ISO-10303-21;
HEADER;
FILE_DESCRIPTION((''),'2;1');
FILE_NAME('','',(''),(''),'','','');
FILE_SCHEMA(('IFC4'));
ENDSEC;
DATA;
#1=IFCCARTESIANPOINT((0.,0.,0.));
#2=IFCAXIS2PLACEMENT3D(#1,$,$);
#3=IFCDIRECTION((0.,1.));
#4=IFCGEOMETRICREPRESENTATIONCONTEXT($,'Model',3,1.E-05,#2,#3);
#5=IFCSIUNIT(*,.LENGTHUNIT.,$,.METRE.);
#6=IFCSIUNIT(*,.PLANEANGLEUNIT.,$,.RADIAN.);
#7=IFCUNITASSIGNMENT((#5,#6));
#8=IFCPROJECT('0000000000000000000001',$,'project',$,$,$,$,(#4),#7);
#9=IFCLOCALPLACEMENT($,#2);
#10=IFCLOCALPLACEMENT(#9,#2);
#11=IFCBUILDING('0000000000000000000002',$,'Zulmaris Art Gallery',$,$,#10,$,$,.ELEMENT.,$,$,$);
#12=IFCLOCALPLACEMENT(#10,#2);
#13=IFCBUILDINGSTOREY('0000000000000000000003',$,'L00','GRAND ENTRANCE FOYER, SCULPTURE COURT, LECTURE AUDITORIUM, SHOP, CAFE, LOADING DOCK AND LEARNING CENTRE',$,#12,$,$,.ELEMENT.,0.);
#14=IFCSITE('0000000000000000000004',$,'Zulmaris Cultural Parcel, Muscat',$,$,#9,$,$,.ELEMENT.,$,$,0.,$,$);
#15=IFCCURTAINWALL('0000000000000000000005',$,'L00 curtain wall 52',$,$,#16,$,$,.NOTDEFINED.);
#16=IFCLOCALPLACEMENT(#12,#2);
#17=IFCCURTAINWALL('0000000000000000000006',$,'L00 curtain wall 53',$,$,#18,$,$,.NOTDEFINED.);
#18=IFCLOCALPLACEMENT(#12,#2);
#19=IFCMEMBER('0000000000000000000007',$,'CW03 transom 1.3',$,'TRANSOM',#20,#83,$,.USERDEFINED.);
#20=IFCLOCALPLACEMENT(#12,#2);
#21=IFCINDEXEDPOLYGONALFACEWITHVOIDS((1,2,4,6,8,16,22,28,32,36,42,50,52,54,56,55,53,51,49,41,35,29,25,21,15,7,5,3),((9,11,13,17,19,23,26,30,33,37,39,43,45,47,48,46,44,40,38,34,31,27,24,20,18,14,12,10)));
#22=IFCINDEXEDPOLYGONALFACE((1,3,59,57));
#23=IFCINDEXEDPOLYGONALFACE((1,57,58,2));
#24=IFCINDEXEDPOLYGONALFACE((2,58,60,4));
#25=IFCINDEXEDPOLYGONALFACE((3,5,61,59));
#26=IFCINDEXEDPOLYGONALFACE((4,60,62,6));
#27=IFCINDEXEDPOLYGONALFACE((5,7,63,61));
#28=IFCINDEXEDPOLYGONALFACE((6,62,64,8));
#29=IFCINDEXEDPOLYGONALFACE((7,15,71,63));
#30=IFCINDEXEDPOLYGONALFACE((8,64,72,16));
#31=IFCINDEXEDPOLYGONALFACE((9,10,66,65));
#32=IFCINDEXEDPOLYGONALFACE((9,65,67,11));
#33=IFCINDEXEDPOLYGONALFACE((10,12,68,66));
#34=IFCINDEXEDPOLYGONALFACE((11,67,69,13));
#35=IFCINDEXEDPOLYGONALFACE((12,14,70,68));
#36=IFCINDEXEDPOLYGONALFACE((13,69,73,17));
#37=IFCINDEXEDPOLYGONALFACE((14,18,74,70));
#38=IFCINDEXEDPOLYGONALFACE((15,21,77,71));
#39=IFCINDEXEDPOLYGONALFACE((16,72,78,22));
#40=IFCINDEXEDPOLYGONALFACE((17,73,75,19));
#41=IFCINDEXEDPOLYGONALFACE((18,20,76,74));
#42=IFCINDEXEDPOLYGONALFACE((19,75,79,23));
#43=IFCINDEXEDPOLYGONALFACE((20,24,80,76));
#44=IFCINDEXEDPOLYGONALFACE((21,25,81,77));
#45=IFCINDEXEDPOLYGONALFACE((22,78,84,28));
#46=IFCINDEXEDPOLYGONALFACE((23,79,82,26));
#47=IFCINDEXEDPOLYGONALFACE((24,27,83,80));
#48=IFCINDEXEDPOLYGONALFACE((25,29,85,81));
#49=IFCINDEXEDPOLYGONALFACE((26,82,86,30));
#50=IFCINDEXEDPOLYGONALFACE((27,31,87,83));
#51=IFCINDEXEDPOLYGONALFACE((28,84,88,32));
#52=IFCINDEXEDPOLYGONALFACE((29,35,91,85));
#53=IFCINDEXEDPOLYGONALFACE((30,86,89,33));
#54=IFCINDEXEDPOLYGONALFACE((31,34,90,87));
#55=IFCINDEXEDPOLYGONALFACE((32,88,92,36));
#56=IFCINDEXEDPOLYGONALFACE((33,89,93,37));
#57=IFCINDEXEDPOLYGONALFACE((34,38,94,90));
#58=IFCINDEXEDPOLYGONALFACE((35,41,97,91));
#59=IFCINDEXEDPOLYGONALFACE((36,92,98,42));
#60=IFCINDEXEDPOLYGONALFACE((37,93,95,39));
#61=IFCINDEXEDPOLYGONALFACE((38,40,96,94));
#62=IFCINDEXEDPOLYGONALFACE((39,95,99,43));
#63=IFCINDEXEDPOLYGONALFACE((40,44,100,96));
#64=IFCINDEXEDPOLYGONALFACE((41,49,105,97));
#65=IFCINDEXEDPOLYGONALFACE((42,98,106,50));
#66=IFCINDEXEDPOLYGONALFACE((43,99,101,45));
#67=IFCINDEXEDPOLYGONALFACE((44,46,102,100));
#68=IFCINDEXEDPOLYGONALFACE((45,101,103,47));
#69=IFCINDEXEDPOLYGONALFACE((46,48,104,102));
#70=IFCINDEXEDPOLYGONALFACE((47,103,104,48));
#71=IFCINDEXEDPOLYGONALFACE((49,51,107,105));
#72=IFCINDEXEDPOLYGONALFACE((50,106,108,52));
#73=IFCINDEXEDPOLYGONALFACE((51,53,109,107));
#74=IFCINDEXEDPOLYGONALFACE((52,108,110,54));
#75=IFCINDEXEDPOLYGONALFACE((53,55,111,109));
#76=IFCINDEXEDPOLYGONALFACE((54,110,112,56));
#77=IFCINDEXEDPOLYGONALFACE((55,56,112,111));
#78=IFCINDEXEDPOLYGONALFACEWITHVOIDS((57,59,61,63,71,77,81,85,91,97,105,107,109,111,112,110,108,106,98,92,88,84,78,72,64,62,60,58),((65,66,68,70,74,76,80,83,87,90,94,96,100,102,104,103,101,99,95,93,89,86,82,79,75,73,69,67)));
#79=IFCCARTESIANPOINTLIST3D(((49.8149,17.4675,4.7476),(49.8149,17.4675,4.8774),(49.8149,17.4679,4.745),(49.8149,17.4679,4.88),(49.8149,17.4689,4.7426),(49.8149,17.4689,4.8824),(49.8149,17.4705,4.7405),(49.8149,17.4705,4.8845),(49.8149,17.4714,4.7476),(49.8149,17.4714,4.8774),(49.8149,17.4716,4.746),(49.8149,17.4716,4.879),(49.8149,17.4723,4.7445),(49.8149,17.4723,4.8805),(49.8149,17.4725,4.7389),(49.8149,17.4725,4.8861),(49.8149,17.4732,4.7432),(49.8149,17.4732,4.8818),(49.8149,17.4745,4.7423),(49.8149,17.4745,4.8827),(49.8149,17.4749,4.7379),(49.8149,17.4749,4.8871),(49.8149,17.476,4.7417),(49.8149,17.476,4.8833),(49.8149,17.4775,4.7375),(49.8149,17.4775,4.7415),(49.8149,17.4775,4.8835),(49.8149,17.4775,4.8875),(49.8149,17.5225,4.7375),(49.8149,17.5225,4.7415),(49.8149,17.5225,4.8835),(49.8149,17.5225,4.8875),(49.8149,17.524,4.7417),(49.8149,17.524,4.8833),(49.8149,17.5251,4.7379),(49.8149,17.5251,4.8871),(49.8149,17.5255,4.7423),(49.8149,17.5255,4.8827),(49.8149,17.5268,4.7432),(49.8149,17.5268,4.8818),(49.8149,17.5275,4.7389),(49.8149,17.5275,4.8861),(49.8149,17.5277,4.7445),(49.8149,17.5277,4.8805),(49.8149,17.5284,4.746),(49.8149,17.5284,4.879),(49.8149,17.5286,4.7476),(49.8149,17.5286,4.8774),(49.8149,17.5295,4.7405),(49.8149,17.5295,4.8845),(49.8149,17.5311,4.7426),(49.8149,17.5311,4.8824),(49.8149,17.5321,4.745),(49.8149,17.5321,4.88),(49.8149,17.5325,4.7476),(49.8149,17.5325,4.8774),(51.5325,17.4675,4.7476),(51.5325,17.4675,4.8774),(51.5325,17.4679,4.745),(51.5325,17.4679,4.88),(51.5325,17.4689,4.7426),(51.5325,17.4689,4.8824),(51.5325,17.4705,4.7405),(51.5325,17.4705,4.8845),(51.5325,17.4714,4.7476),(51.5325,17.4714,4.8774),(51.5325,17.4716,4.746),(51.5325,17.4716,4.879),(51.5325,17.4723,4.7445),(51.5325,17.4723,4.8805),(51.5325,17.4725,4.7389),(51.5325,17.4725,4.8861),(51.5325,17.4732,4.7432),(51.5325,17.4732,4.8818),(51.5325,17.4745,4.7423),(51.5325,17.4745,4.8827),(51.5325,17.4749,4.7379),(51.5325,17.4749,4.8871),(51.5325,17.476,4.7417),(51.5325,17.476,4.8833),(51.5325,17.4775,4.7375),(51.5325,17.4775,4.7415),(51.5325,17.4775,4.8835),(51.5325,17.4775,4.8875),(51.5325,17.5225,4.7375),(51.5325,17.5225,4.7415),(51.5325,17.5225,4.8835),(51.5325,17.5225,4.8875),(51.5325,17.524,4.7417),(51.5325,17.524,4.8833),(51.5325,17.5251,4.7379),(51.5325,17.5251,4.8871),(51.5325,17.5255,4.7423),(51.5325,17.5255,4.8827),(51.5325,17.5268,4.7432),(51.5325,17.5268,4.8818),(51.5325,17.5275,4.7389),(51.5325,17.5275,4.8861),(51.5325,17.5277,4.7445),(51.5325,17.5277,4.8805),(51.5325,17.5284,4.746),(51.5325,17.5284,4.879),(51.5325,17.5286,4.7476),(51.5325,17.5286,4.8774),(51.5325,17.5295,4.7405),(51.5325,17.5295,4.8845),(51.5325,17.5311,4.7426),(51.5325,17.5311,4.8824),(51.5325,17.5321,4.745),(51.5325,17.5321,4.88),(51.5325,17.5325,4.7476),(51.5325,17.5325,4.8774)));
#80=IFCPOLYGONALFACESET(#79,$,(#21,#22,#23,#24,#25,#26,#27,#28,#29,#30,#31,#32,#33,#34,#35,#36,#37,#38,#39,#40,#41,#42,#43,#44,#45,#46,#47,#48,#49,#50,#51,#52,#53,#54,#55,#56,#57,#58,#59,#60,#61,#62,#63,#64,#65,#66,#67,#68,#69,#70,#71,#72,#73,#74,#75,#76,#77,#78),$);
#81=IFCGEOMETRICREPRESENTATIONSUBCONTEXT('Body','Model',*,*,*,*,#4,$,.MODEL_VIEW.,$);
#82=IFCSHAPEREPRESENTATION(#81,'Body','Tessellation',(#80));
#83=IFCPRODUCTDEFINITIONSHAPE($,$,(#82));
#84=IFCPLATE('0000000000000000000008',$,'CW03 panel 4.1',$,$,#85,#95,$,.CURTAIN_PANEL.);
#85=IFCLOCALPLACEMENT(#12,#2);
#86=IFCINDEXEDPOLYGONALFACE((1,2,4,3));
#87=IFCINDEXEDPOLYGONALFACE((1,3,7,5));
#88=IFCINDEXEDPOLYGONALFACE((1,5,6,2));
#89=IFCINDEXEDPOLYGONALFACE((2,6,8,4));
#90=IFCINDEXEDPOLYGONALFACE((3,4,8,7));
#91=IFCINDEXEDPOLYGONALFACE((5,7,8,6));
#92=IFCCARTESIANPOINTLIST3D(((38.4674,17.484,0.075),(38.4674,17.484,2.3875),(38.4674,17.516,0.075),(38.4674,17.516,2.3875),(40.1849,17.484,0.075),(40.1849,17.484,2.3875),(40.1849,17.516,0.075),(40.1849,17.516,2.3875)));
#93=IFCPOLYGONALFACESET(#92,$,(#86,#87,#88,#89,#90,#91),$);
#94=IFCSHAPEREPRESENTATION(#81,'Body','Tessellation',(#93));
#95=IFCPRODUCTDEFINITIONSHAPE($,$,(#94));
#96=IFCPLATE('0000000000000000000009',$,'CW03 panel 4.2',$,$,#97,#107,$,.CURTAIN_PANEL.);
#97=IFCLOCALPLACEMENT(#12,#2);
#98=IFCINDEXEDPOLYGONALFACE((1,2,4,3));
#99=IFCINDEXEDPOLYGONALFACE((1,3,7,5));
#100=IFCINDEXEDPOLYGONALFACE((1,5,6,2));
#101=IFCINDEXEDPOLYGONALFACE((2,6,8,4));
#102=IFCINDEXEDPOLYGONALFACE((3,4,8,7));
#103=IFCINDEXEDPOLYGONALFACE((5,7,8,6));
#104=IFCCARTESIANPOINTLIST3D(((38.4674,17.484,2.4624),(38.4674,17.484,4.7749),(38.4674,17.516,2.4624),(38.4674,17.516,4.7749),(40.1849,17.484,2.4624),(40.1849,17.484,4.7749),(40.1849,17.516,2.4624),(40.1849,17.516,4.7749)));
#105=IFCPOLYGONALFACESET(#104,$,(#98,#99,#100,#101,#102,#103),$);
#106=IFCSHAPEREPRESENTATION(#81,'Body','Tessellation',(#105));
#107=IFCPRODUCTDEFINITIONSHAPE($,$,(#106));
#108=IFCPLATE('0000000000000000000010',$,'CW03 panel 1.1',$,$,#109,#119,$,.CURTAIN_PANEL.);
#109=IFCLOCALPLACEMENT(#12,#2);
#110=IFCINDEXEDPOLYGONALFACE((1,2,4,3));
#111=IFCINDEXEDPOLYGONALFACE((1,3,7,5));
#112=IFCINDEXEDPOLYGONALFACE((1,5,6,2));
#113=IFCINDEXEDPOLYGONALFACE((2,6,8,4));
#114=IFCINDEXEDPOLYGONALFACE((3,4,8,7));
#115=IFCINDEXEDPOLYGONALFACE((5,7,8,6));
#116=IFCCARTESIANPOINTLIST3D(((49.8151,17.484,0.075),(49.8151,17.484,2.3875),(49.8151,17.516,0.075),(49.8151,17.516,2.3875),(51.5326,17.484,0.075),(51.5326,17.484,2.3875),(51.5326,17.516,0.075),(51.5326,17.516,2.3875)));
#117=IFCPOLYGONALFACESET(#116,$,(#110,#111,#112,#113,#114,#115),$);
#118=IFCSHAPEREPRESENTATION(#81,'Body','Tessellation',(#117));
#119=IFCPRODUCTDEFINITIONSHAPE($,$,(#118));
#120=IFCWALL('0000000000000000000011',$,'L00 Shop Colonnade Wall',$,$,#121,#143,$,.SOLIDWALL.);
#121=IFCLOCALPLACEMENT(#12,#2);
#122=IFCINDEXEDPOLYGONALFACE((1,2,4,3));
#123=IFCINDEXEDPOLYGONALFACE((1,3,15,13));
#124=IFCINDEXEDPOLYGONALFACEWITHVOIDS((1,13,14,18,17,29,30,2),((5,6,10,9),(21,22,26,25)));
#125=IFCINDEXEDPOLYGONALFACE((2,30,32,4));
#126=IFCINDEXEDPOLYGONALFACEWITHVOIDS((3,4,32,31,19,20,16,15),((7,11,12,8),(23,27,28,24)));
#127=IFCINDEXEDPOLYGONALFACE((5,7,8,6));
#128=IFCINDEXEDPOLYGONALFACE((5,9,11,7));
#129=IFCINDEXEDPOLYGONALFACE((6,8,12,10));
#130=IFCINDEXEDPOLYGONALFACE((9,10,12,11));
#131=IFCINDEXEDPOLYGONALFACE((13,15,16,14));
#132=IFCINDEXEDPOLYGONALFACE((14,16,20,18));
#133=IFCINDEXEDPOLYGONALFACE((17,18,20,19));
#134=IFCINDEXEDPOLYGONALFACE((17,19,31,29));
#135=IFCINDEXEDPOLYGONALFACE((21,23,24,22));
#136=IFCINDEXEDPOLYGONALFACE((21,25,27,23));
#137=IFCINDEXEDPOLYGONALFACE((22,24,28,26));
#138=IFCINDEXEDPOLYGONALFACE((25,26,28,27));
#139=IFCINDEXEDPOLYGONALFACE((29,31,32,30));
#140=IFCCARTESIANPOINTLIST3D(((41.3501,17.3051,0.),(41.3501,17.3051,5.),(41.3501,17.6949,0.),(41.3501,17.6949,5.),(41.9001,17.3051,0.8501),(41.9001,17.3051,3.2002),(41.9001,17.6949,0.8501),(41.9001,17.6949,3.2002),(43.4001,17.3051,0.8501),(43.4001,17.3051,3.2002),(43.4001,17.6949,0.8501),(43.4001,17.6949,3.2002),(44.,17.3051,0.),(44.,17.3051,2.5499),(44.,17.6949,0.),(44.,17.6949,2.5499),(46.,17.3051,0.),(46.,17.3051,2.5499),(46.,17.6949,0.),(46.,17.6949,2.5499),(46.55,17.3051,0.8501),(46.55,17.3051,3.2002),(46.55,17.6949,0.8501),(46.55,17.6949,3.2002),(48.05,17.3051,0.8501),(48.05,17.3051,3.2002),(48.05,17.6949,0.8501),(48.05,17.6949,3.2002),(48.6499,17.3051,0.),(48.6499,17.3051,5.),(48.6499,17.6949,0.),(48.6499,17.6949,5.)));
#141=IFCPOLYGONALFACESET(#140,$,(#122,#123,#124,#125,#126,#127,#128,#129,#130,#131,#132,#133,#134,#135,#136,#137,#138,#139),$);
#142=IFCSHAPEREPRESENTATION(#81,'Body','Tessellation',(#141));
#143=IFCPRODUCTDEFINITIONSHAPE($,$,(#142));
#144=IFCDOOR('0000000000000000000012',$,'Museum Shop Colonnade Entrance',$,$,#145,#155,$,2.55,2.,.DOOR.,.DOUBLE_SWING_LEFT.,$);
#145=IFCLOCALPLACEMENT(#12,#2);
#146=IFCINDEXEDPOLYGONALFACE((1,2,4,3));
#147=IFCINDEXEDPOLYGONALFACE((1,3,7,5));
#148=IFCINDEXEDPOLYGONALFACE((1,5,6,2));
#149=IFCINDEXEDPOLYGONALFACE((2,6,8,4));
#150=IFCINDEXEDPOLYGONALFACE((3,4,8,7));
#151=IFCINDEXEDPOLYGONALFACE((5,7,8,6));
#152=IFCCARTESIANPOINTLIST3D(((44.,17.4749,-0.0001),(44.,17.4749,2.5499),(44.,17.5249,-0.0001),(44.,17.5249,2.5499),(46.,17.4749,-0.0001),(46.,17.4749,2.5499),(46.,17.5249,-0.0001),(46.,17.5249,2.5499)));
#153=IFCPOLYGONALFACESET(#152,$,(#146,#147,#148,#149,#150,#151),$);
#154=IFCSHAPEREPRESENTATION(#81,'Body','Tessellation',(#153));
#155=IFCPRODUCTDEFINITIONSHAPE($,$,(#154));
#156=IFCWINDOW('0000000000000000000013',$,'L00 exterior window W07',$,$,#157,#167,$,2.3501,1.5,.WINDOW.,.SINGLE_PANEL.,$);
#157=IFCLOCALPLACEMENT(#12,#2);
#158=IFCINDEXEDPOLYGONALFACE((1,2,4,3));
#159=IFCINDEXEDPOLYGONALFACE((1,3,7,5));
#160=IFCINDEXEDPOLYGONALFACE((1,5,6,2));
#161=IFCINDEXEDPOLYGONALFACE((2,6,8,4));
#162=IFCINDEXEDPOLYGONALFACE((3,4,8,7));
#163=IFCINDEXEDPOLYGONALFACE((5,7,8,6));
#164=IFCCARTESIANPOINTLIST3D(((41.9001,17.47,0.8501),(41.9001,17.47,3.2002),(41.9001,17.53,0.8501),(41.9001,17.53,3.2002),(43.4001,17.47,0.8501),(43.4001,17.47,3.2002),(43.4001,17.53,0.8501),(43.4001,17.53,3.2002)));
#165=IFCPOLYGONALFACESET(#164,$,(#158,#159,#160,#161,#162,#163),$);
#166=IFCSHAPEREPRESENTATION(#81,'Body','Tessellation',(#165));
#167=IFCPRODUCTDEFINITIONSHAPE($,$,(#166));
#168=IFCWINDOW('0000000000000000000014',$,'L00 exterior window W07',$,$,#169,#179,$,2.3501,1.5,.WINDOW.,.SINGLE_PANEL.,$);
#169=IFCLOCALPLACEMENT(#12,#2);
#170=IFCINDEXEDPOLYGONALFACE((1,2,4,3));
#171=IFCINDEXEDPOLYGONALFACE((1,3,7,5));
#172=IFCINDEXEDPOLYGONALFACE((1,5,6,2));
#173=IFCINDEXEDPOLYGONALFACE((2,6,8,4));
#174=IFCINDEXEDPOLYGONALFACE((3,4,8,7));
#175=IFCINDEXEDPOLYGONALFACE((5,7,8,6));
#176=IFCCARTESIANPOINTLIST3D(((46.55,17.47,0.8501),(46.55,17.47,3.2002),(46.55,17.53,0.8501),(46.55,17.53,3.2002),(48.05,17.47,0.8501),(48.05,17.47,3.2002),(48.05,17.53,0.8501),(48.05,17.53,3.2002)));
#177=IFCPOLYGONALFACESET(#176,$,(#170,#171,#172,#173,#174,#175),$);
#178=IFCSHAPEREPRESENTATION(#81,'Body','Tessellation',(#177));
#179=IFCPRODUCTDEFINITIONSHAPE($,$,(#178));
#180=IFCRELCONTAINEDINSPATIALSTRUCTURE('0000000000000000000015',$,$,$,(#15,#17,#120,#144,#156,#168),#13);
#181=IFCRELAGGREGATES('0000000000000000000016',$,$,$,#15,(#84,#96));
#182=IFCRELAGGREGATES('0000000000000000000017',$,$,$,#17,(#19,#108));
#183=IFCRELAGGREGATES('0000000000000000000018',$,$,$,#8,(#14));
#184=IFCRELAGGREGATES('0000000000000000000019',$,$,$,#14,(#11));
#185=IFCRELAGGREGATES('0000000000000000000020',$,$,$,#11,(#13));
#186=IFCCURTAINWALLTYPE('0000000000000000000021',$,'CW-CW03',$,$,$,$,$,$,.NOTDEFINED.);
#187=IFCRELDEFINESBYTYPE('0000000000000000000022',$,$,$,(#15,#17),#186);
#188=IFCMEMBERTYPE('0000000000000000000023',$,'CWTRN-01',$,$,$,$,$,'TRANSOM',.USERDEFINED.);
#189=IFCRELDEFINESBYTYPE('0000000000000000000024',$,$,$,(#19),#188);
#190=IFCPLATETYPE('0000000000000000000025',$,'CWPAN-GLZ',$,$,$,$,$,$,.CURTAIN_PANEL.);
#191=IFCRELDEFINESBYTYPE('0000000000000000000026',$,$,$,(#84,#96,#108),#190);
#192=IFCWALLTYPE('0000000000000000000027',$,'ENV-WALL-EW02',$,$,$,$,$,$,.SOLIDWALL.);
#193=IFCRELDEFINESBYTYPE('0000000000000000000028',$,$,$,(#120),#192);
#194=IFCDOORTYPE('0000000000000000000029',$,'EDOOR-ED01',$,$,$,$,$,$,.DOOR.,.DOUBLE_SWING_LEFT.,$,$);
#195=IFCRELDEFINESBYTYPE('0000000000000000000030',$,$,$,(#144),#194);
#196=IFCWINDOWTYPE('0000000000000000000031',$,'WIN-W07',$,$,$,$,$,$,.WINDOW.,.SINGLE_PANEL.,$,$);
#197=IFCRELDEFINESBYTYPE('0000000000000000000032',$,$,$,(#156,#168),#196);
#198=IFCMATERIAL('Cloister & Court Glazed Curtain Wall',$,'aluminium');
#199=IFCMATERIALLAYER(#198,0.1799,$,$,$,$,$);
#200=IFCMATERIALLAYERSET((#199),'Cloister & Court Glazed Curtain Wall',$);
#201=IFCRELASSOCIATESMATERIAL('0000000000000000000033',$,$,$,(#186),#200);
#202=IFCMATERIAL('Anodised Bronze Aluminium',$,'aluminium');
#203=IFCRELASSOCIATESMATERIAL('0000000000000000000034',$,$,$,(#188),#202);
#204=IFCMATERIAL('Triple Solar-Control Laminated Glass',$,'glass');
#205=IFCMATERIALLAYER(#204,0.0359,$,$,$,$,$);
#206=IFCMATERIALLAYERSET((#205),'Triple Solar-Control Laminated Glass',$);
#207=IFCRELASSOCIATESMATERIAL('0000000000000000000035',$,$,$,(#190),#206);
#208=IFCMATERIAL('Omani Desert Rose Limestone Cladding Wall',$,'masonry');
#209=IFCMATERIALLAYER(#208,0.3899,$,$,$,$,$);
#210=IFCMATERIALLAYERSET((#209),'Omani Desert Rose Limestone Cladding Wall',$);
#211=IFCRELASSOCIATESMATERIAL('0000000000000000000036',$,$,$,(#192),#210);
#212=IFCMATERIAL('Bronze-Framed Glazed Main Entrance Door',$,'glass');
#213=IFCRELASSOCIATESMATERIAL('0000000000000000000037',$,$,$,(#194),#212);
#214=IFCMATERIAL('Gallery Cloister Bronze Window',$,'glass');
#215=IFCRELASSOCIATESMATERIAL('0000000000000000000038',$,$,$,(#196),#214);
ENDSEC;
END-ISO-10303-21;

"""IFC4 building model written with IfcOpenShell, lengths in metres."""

from ifc_helpers import new_model, si_unit, direction, frame, frame_2d, origin, origin_2d, place, context, subcontext, project, spatial, rectangle, hollow_rectangle, extrude, material, layer, layer_set, material_profile, profile_set, type_object, element, fill, aggregate, save


model = new_model("IFC4")

# Units and contexts
model_context = context("Model", 3, precision=1e-05, world=origin(), true_north=direction((0.0, 1.0)))
body_context = subcontext(model_context, "Body", "Model", "MODEL_VIEW")
ifc_project = project(units=[si_unit("LENGTHUNIT", "METRE"), si_unit("PLANEANGLEUNIT", "RADIAN")], contexts=[model_context])

# Site, building, storey
site_placement = place(None, origin())
site = spatial("IfcSite", under=ifc_project, at=site_placement, Name="Zulmaris Cultural Parcel, Muscat", CompositionType="ELEMENT", RefElevation=0.0)
building_placement = place(site_placement, origin())
building = spatial("IfcBuilding", under=site, at=building_placement, Name="Zulmaris Art Gallery", CompositionType="ELEMENT")
storey_placement = place(building_placement, origin())
storey = spatial("IfcBuildingStorey", under=building, at=storey_placement, Name="L00", Description="GRAND ENTRANCE FOYER, SCULPTURE COURT, LECTURE AUDITORIUM, SHOP, CAFE, LOADING DOCK AND LEARNING CENTRE", CompositionType="ELEMENT", Elevation=0.0)

# Curtain wall
ifc_material_1 = material(Name="Cloister & Court Glazed Curtain Wall", Category="aluminium")
ifc_layer_1 = layer(ifc_material_1, 0.1799)
ifc_layer_set_1 = layer_set([ifc_layer_1], Name="Cloister & Court Glazed Curtain Wall")
curtain_wall_type = type_object("IfcCurtainWallType", Name="CW-CW03", PredefinedType="NOTDEFINED", material=ifc_layer_set_1)
curtain_wall_1_placement = place(storey_placement, origin())
curtain_wall_1 = element("IfcCurtainWall", 1, at=curtain_wall_1_placement, inside=storey, type_object=curtain_wall_type, Name="L00 curtain wall 52", PredefinedType="NOTDEFINED")
ifc_material_2 = material(Name="Anodised Bronze Aluminium", Category="aluminium")

# Curtain wall, member
curtain_wall_2_placement = place(storey_placement, origin())
curtain_wall_2 = element("IfcCurtainWall", 2, at=curtain_wall_2_placement, inside=storey, type_object=curtain_wall_type, Name="L00 curtain wall 53", PredefinedType="NOTDEFINED")
ifc_material_profile_1 = material_profile(ifc_material_2, hollow_rectangle(XDim=0.0649, YDim=0.1499, WallThickness=0.0039, InnerFilletRadius=0.0061, OuterFilletRadius=0.01, at=origin_2d()), Name="ALU 65x150x4")
ifc_profile_set_1 = profile_set([ifc_material_profile_1], Name="Anodised Bronze Aluminium")
member_type_1 = type_object("IfcMemberType", Name="CWTRN-01", ElementType="TRANSOM", PredefinedType="USERDEFINED", material=ifc_profile_set_1)
member_1_placement = place(storey_placement, frame((49.8149, 17.5, 4.8125), z_axis=(1.0, 0.0, 0.0), x_axis=(0.0, 1.0, 0.0)))
member_1 = element("IfcMember", 3, at=member_1_placement, type_object=member_type_1, Name="CW03 transom 1.3", ObjectType="TRANSOM", PredefinedType="USERDEFINED", context=body_context, shape_type="SweptSolid", body=[
    extrude(hollow_rectangle(XDim=0.0649, YDim=0.1499, WallThickness=0.0039, InnerFilletRadius=0.0061, OuterFilletRadius=0.01, at=origin_2d()), origin(), (0.0, 0.0, 1.0), 1.7175),
])

# Plates
ifc_material_3 = material(Name="Triple Solar-Control Laminated Glass", Category="glass")
ifc_layer_2 = layer(ifc_material_3, 0.0359)
ifc_layer_set_2 = layer_set([ifc_layer_2], Name="Triple Solar-Control Laminated Glass")
plate_type = type_object("IfcPlateType", Name="CWPAN-GLZ", PredefinedType="CURTAIN_PANEL", material=ifc_layer_set_2)
plate_1_placement = place(storey_placement, frame((39.3262, 17.5, 0.075), z_axis=(0.0, 0.0, 1.0), x_axis=(1.0, 0.0, 0.0)))
plate_1 = element("IfcPlate", 4, at=plate_1_placement, type_object=plate_type, Name="CW03 panel 4.1", PredefinedType="CURTAIN_PANEL", context=body_context, shape_type="SweptSolid", body=[
    extrude(rectangle(XDim=1.7175, YDim=0.032, at=origin_2d()), origin(), (0.0, 0.0, 1.0), 2.3125),
])
plate_2_placement = place(storey_placement, frame((39.3262, 17.5, 2.4624), z_axis=(0.0, 0.0, 1.0), x_axis=(1.0, 0.0, 0.0)))
plate_2 = element("IfcPlate", 5, at=plate_2_placement, type_object=plate_type, Name="CW03 panel 4.2", PredefinedType="CURTAIN_PANEL", context=body_context, shape_type="SweptSolid", body=[
    extrude(rectangle(XDim=1.7175, YDim=0.032, at=origin_2d()), origin(), (0.0, 0.0, 1.0), 2.3125),
])
aggregate(curtain_wall_1, [plate_1, plate_2])
plate_3_placement = place(storey_placement, frame((50.6738, 17.5, 0.075), z_axis=(0.0, 0.0, 1.0), x_axis=(1.0, 0.0, 0.0)))
plate_3 = element("IfcPlate", 6, at=plate_3_placement, type_object=plate_type, Name="CW03 panel 1.1", PredefinedType="CURTAIN_PANEL", context=body_context, shape_type="SweptSolid", body=[
    extrude(rectangle(XDim=1.7175, YDim=0.032, at=origin_2d()), origin(), (0.0, 0.0, 1.0), 2.3125),
])
aggregate(curtain_wall_2, [member_1, plate_3])

# Wall, openings, door, windows
ifc_material_4 = material(Name="Omani Desert Rose Limestone Cladding Wall", Category="masonry")
ifc_layer_3 = layer(ifc_material_4, 0.3899)
ifc_layer_set_3 = layer_set([ifc_layer_3], Name="Omani Desert Rose Limestone Cladding Wall")
wall_type_1 = type_object("IfcWallType", Name="ENV-WALL-EW02", PredefinedType="SOLIDWALL", material=ifc_layer_set_3)
wall_1_placement = place(storey_placement, frame((41.3501, 17.5, 0.0), z_axis=(0.0, 0.0, 1.0), x_axis=(1.0, 0.0, 0.0)))
wall_1 = element("IfcWall", 7, at=wall_1_placement, inside=storey, type_object=wall_type_1, Name="L00 Shop Colonnade Wall", PredefinedType="SOLIDWALL", context=body_context, shape_type="SweptSolid", body=[
    extrude(rectangle(XDim=7.2998, YDim=0.3899, at=frame_2d((3.6499, 0.0))), origin(), (0.0, 0.0, 1.0), 5.0),
])
opening_1_placement = place(wall_1_placement, frame((0.55, 0.0, 0.8501)))
opening_1 = element("IfcOpeningElement", 8, at=opening_1_placement, cuts=wall_1, PredefinedType="OPENING", context=body_context, shape_type="SweptSolid", body=[
    extrude(rectangle(XDim=1.5, YDim=2.3501, at=frame_2d((0.75, 1.175))), frame((0.0, 0.2048, 0.0), z_axis=(0.0, -1.0, 0.0), x_axis=(1.0, 0.0, 0.0)), (0.0, 0.0, 1.0), 0.4099),
])
opening_2_placement = place(wall_1_placement, frame((5.2, 0.0, 0.8501)))
opening_2 = element("IfcOpeningElement", 9, at=opening_2_placement, cuts=wall_1, PredefinedType="OPENING", context=body_context, shape_type="SweptSolid", body=[
    extrude(rectangle(XDim=1.5, YDim=2.3501, at=frame_2d((0.75, 1.175))), frame((0.0, 0.2048, 0.0), z_axis=(0.0, -1.0, 0.0), x_axis=(1.0, 0.0, 0.0)), (0.0, 0.0, 1.0), 0.4099),
])
opening_3_placement = place(wall_1_placement, frame((2.6499, 0.0, 0.0)))
opening_3 = element("IfcOpeningElement", 10, at=opening_3_placement, cuts=wall_1, PredefinedType="OPENING", context=body_context, shape_type="SweptSolid", body=[
    extrude(rectangle(XDim=2.0, YDim=2.55, at=frame_2d((1.0, 1.2749))), frame((0.0, 0.2048, 0.0), z_axis=(0.0, -1.0, 0.0), x_axis=(1.0, 0.0, 0.0)), (0.0, 0.0, 1.0), 0.4099),
])
ifc_material_5 = material(Name="Bronze-Framed Glazed Main Entrance Door", Category="glass")
door_type = type_object("IfcDoorType", Name="EDOOR-ED01", OperationType="DOUBLE_SWING_LEFT", PredefinedType="DOOR", material=ifc_material_5)
door_placement = place(opening_3_placement, origin())
door = element("IfcDoor", 11, at=door_placement, inside=storey, type_object=door_type, Name="Museum Shop Colonnade Entrance", OperationType="DOUBLE_SWING_LEFT", OverallHeight=2.55, OverallWidth=2.0, PredefinedType="DOOR", context=body_context, shape_type="SweptSolid", body=[
    extrude(rectangle(XDim=2.0, YDim=2.55, at=frame_2d((1.0, 1.2749))), frame((0.0, 0.0249, 0.0), z_axis=(0.0, -1.0, 0.0), x_axis=(1.0, 0.0, 0.0)), (0.0, 0.0, 1.0), 0.05),
])
fill(opening_3, door)
ifc_material_6 = material(Name="Gallery Cloister Bronze Window", Category="glass")
window_type_1 = type_object("IfcWindowType", Name="WIN-W07", PartitioningType="SINGLE_PANEL", PredefinedType="WINDOW", material=ifc_material_6)
window_1_placement = place(opening_1_placement, origin())
window_1 = element("IfcWindow", 12, at=window_1_placement, inside=storey, type_object=window_type_1, Name="L00 exterior window W07", OverallHeight=2.3501, OverallWidth=1.5, PartitioningType="SINGLE_PANEL", PredefinedType="WINDOW", context=body_context, shape_type="SweptSolid", body=[
    extrude(rectangle(XDim=1.5, YDim=2.3501, at=frame_2d((0.75, 1.175))), frame((0.0, 0.03, 0.0), z_axis=(0.0, -1.0, 0.0), x_axis=(1.0, 0.0, 0.0)), (0.0, 0.0, 1.0), 0.0601),
])
fill(opening_1, window_1)
window_2_placement = place(opening_2_placement, origin())
window_2 = element("IfcWindow", 13, at=window_2_placement, inside=storey, type_object=window_type_1, Name="L00 exterior window W07", OverallHeight=2.3501, OverallWidth=1.5, PartitioningType="SINGLE_PANEL", PredefinedType="WINDOW", context=body_context, shape_type="SweptSolid", body=[
    extrude(rectangle(XDim=1.5, YDim=2.3501, at=frame_2d((0.75, 1.175))), frame((0.0, 0.03, 0.0), z_axis=(0.0, -1.0, 0.0), x_axis=(1.0, 0.0, 0.0)), (0.0, 0.0, 1.0), 0.0601),
])
fill(opening_2, window_2)

save(model, "model.ifc")
